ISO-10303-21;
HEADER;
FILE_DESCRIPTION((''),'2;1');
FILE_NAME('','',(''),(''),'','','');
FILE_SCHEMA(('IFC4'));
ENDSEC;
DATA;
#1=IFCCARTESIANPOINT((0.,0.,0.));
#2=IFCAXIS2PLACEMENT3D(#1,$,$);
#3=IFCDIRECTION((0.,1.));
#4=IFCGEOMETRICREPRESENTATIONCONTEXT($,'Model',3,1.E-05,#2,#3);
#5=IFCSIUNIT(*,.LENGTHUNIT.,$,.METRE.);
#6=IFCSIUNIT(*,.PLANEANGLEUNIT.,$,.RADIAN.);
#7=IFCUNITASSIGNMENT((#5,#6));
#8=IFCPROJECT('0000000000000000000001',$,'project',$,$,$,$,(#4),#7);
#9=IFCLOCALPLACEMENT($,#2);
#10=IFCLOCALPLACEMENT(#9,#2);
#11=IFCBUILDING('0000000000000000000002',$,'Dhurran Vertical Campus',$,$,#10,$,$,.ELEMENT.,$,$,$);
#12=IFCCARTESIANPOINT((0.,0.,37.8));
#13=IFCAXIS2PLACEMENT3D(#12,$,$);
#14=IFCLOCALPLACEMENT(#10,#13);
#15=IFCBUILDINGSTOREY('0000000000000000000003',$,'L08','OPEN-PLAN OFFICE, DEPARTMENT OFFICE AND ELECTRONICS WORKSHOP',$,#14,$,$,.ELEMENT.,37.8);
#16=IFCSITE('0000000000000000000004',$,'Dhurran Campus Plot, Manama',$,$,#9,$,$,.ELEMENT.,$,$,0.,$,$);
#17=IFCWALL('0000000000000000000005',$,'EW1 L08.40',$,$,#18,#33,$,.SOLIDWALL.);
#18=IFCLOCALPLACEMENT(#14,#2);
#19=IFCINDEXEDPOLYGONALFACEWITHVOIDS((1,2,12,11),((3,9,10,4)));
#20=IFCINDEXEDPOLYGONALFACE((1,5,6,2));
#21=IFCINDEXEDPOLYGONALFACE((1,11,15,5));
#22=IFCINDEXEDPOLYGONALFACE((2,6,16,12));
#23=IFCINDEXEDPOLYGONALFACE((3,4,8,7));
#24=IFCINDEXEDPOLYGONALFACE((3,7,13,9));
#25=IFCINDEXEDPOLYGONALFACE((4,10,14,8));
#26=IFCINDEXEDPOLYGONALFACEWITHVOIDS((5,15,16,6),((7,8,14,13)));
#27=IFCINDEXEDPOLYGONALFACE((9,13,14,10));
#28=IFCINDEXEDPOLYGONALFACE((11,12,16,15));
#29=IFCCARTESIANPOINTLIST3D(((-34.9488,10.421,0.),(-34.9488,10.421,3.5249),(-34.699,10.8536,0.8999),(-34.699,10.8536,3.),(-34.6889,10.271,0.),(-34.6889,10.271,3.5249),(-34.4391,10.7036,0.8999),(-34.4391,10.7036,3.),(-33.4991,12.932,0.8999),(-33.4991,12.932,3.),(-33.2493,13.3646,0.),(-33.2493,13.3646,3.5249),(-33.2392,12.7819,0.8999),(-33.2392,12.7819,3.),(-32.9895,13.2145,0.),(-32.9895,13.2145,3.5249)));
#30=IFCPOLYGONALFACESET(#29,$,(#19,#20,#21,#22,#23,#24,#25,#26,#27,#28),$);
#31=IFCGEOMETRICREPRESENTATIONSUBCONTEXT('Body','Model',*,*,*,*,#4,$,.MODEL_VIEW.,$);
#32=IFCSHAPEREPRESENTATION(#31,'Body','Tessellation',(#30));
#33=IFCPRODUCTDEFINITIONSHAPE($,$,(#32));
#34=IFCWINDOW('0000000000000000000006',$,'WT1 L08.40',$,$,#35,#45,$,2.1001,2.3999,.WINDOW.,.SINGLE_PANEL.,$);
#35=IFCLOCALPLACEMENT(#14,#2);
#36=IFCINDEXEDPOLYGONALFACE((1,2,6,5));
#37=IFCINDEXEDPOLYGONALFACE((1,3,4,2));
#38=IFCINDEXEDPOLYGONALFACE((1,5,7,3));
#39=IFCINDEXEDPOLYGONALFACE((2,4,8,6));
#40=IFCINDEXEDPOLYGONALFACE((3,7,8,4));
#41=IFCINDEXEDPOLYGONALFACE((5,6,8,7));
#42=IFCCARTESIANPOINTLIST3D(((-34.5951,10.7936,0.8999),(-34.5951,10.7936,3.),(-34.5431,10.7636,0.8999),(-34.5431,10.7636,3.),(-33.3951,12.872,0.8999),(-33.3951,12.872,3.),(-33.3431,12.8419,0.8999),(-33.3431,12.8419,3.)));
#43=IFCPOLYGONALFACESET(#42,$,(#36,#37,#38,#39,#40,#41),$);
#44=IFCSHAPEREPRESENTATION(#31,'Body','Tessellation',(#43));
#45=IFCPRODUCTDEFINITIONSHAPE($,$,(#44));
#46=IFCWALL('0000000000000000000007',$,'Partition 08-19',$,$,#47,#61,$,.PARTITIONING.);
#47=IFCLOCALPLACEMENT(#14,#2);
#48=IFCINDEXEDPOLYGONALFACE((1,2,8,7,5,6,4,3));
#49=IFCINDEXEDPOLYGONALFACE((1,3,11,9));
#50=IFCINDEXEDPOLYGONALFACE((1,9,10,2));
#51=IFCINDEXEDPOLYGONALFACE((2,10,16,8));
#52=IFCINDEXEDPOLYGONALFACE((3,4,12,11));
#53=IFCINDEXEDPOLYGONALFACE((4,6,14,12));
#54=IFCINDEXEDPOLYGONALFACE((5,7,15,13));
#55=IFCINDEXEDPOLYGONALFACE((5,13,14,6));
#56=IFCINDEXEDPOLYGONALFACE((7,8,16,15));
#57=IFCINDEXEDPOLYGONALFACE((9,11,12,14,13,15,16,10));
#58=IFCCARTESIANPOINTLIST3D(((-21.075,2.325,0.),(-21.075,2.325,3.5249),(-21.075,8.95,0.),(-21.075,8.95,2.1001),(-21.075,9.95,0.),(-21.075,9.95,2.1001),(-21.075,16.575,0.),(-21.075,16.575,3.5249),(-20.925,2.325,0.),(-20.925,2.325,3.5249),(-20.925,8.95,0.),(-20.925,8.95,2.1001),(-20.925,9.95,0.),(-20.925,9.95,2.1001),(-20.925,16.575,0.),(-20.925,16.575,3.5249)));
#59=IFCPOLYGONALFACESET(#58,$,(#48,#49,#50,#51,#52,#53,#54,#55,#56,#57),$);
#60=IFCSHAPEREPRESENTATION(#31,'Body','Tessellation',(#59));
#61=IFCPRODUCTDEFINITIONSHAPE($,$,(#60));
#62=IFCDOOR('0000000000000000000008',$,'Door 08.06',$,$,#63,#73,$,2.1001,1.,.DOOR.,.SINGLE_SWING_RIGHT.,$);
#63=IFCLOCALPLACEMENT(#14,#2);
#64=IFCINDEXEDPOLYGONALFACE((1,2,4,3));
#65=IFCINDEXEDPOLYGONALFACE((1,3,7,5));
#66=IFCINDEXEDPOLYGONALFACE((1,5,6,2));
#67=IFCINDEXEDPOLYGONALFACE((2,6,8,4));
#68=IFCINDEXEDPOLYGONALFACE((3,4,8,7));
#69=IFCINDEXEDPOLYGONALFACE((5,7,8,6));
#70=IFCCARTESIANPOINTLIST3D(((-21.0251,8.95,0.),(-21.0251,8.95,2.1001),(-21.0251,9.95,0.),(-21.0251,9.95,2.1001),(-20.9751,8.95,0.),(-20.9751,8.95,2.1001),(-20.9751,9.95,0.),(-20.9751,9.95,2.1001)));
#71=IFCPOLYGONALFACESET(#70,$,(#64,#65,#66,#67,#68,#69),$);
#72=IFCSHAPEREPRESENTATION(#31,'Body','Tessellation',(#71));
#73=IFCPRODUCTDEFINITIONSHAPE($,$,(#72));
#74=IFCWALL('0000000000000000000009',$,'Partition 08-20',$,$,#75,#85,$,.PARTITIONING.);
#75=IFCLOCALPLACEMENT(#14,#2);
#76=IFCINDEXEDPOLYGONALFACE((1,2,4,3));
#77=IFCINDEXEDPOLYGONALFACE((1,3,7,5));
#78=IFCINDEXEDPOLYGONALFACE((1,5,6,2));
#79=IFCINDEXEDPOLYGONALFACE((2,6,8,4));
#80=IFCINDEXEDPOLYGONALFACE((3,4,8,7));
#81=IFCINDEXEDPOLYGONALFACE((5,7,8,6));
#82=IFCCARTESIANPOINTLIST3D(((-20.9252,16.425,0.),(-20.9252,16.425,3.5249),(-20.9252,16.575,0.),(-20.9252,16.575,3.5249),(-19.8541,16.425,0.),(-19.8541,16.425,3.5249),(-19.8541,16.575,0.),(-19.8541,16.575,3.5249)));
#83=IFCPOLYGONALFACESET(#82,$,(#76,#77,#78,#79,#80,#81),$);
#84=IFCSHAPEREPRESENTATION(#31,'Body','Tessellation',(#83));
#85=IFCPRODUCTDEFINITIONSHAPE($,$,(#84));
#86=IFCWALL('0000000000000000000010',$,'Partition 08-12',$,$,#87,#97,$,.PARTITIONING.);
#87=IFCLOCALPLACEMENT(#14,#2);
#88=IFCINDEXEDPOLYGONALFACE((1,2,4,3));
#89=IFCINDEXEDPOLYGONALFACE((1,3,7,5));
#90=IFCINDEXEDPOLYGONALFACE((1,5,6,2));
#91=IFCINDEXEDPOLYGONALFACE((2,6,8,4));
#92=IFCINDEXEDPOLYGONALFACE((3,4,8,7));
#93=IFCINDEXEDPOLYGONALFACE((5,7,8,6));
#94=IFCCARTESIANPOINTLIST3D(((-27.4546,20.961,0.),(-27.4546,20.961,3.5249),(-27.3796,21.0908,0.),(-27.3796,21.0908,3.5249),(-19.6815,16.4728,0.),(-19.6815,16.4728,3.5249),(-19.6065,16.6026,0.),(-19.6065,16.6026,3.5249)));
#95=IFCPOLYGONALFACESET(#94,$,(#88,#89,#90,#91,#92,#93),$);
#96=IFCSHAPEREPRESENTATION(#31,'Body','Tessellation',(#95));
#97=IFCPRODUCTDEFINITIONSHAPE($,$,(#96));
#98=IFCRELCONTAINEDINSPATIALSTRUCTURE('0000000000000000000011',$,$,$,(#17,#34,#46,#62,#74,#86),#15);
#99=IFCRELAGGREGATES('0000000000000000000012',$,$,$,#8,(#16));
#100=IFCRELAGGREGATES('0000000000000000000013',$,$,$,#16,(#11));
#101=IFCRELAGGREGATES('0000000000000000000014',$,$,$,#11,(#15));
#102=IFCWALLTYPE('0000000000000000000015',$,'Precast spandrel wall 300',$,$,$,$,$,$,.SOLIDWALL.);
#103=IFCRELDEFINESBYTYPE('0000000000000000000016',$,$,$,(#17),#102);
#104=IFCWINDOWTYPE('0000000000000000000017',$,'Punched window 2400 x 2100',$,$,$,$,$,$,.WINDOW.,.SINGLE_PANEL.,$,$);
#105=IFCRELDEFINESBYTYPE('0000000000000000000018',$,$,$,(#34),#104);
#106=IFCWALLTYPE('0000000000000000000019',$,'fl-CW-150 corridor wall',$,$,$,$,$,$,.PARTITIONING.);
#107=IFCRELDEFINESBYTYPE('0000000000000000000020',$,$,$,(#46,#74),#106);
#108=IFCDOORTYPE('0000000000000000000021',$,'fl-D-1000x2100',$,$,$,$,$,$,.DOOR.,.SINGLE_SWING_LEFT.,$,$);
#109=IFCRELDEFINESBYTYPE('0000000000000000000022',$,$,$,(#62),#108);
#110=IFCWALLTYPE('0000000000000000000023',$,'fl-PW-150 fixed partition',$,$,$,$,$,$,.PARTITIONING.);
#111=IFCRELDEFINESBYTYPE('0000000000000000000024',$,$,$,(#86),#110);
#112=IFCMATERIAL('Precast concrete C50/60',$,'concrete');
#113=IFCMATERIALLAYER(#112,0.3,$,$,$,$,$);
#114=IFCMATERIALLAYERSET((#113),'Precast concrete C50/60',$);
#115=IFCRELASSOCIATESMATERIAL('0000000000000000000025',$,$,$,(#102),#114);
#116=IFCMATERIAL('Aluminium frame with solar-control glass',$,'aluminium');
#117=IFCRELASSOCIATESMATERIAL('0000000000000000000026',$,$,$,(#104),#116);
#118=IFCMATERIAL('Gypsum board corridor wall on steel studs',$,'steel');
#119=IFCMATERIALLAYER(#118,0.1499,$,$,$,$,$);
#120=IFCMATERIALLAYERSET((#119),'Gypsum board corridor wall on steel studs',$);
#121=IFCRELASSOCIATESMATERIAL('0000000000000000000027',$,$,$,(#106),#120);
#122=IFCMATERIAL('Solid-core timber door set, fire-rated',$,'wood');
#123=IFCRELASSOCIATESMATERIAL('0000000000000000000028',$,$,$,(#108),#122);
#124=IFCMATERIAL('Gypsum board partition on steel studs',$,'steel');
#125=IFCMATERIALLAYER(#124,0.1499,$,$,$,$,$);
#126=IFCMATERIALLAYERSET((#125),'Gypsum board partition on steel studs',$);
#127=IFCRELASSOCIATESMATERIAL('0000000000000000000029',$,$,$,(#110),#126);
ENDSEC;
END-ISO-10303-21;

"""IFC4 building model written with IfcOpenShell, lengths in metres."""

from ifc_helpers import new_model, si_unit, direction, frame, frame_2d, origin, place, context, subcontext, project, spatial, rectangle, extrude, material, layer, layer_set, type_object, element, fill, save


model = new_model("IFC4")

# Units and contexts
model_context = context("Model", 3, precision=1e-05, world=origin(), true_north=direction((0.0, 1.0)))
body_context = subcontext(model_context, "Body", "Model", "MODEL_VIEW")
ifc_project = project(units=[si_unit("LENGTHUNIT", "METRE"), si_unit("PLANEANGLEUNIT", "RADIAN")], contexts=[model_context])

# Site, building, storey
site_placement = place(None, origin())
site = spatial("IfcSite", under=ifc_project, at=site_placement, Name="Dhurran Campus Plot, Manama", CompositionType="ELEMENT", RefElevation=0.0)
building_placement = place(site_placement, origin())
building = spatial("IfcBuilding", under=site, at=building_placement, Name="Dhurran Vertical Campus", CompositionType="ELEMENT")
storey_placement = place(building_placement, frame((0.0, 0.0, 37.8)))
storey = spatial("IfcBuildingStorey", under=building, at=storey_placement, Name="L08", Description="OPEN-PLAN OFFICE, DEPARTMENT OFFICE AND ELECTRONICS WORKSHOP", CompositionType="ELEMENT", Elevation=37.8)

# Wall, opening, window
ifc_material_1 = material(Name="Precast concrete C50/60", Category="concrete")
ifc_layer_1 = layer(ifc_material_1, 0.3)
ifc_layer_set_1 = layer_set([ifc_layer_1], Name="Precast concrete C50/60")
wall_type_1 = type_object("IfcWallType", Name="Precast spandrel wall 300", PredefinedType="SOLIDWALL", material=ifc_layer_set_1)
ifc_material_2 = material(Name="Aluminium frame with solar-control glass", Category="aluminium")
window_type = type_object("IfcWindowType", Name="Punched window 2400 x 2100", PartitioningType="SINGLE_PANEL", PredefinedType="WINDOW", material=ifc_material_2)
wall_1_placement = place(storey_placement, frame((-33.1194, 13.2896, 0.0), z_axis=(0.0, 0.0, 1.0), x_axis=(-0.499994, -0.866029, 0.0)))
wall_1 = element("IfcWall", 1, at=wall_1_placement, inside=storey, type_object=wall_type_1, Name="EW1 L08.40", PredefinedType="SOLIDWALL", context=body_context, shape_type="SweptSolid", body=[
    extrude(rectangle(XDim=3.3989, YDim=0.3, at=frame_2d((1.6995, 0.0))), origin(), (0.0, 0.0, 1.0), 3.5249),
])
opening_1_placement = place(wall_1_placement, frame((0.4995, 0.0, 0.8999)))
opening_1 = element("IfcOpeningElement", 2, at=opening_1_placement, cuts=wall_1, PredefinedType="OPENING", context=body_context, shape_type="SweptSolid", body=[
    extrude(rectangle(XDim=2.3999, YDim=2.1001, at=frame_2d((1.2, 1.05))), frame((0.0, 0.1599, 0.0), z_axis=(0.0, -1.0, 0.0), x_axis=(1.0, 0.0, 0.0)), (0.0, 0.0, 1.0), 0.3201),
])
window_1_placement = place(opening_1_placement, origin())
window_1 = element("IfcWindow", 3, at=window_1_placement, inside=storey, type_object=window_type, Name="WT1 L08.40", OverallHeight=2.1001, OverallWidth=2.3999, PartitioningType="SINGLE_PANEL", PredefinedType="WINDOW", context=body_context, shape_type="SweptSolid", body=[
    extrude(rectangle(XDim=2.3999, YDim=2.1001, at=frame_2d((1.2, 1.05))), frame((0.0, 0.03, 0.0), z_axis=(0.0, -1.0, 0.0), x_axis=(1.0, 0.0, 0.0)), (0.0, 0.0, 1.0), 0.0601),
])
fill(opening_1, window_1)

# Wall, opening, door
ifc_material_3 = material(Name="Gypsum board corridor wall on steel studs", Category="steel")
ifc_layer_2 = layer(ifc_material_3, 0.1499)
ifc_layer_set_2 = layer_set([ifc_layer_2], Name="Gypsum board corridor wall on steel studs")
wall_type_2 = type_object("IfcWallType", Name="fl-CW-150 corridor wall", PredefinedType="PARTITIONING", material=ifc_layer_set_2)
wall_2_placement = place(storey_placement, frame((-21.0, 16.575, 0.0), z_axis=(0.0, 0.0, 1.0), x_axis=(0.0, -1.0, 0.0)))
wall_2 = element("IfcWall", 4, at=wall_2_placement, inside=storey, type_object=wall_type_2, Name="Partition 08-19", PredefinedType="PARTITIONING", context=body_context, shape_type="SweptSolid", body=[
    extrude(rectangle(XDim=14.25, YDim=0.1499, at=frame_2d((7.125, 0.0))), origin(), (0.0, 0.0, 1.0), 3.5249),
])
opening_2_placement = place(wall_2_placement, frame((6.625, 0.0, 0.0)))
opening_2 = element("IfcOpeningElement", 5, at=opening_2_placement, cuts=wall_2, PredefinedType="OPENING", context=body_context, shape_type="SweptSolid", body=[
    extrude(rectangle(XDim=1.0, YDim=2.1001, at=frame_2d((0.5, 1.05))), frame((0.0, 0.085, 0.0), z_axis=(0.0, -1.0, 0.0), x_axis=(1.0, 0.0, 0.0)), (0.0, 0.0, 1.0), 0.1699),
])
ifc_material_4 = material(Name="Solid-core timber door set, fire-rated", Category="wood")
door_type = type_object("IfcDoorType", Name="fl-D-1000x2100", OperationType="SINGLE_SWING_LEFT", PredefinedType="DOOR", material=ifc_material_4)
door_placement = place(opening_2_placement, origin())
door = element("IfcDoor", 6, at=door_placement, inside=storey, type_object=door_type, Name="Door 08.06", OperationType="SINGLE_SWING_RIGHT", OverallHeight=2.1001, OverallWidth=1.0, PredefinedType="DOOR", context=body_context, shape_type="SweptSolid", body=[
    extrude(rectangle(XDim=1.0, YDim=2.1001, at=frame_2d((0.5, 1.05))), frame((0.0, 0.0249, 0.0), z_axis=(0.0, -1.0, 0.0), x_axis=(1.0, 0.0, 0.0)), (0.0, 0.0, 1.0), 0.05),
])
fill(opening_2, door)

# Walls
wall_3_placement = place(storey_placement, frame((-19.854, 16.5, 0.0), z_axis=(0.0, 0.0, 1.0), x_axis=(-1.0, 0.0, 0.0)))
element("IfcWall", 7, at=wall_3_placement, inside=storey, type_object=wall_type_2, Name="Partition 08-20", PredefinedType="PARTITIONING", context=body_context, shape_type="SweptSolid", body=[
    extrude(rectangle(XDim=1.071, YDim=0.1499, at=frame_2d((0.5356, 0.0))), origin(), (0.0, 0.0, 1.0), 3.5249),
])
ifc_material_5 = material(Name="Gypsum board partition on steel studs", Category="steel")
ifc_layer_3 = layer(ifc_material_5, 0.1499)
ifc_layer_set_3 = layer_set([ifc_layer_3], Name="Gypsum board partition on steel studs")
wall_type_3 = type_object("IfcWallType", Name="fl-PW-150 fixed partition", PredefinedType="PARTITIONING", material=ifc_layer_set_3)
wall_4_placement = place(storey_placement, frame((-27.417, 21.0259, 0.0), z_axis=(0.0, 0.0, 1.0), x_axis=(0.866005, -0.500036, 0.0)))
element("IfcWall", 8, at=wall_4_placement, inside=storey, type_object=wall_type_3, Name="Partition 08-12", PredefinedType="PARTITIONING", context=body_context, shape_type="SweptSolid", body=[
    extrude(rectangle(XDim=8.9758, YDim=0.1499, at=frame_2d((4.4878, 0.0))), origin(), (0.0, 0.0, 1.0), 3.5249),
])

save(model, "model.ifc")
